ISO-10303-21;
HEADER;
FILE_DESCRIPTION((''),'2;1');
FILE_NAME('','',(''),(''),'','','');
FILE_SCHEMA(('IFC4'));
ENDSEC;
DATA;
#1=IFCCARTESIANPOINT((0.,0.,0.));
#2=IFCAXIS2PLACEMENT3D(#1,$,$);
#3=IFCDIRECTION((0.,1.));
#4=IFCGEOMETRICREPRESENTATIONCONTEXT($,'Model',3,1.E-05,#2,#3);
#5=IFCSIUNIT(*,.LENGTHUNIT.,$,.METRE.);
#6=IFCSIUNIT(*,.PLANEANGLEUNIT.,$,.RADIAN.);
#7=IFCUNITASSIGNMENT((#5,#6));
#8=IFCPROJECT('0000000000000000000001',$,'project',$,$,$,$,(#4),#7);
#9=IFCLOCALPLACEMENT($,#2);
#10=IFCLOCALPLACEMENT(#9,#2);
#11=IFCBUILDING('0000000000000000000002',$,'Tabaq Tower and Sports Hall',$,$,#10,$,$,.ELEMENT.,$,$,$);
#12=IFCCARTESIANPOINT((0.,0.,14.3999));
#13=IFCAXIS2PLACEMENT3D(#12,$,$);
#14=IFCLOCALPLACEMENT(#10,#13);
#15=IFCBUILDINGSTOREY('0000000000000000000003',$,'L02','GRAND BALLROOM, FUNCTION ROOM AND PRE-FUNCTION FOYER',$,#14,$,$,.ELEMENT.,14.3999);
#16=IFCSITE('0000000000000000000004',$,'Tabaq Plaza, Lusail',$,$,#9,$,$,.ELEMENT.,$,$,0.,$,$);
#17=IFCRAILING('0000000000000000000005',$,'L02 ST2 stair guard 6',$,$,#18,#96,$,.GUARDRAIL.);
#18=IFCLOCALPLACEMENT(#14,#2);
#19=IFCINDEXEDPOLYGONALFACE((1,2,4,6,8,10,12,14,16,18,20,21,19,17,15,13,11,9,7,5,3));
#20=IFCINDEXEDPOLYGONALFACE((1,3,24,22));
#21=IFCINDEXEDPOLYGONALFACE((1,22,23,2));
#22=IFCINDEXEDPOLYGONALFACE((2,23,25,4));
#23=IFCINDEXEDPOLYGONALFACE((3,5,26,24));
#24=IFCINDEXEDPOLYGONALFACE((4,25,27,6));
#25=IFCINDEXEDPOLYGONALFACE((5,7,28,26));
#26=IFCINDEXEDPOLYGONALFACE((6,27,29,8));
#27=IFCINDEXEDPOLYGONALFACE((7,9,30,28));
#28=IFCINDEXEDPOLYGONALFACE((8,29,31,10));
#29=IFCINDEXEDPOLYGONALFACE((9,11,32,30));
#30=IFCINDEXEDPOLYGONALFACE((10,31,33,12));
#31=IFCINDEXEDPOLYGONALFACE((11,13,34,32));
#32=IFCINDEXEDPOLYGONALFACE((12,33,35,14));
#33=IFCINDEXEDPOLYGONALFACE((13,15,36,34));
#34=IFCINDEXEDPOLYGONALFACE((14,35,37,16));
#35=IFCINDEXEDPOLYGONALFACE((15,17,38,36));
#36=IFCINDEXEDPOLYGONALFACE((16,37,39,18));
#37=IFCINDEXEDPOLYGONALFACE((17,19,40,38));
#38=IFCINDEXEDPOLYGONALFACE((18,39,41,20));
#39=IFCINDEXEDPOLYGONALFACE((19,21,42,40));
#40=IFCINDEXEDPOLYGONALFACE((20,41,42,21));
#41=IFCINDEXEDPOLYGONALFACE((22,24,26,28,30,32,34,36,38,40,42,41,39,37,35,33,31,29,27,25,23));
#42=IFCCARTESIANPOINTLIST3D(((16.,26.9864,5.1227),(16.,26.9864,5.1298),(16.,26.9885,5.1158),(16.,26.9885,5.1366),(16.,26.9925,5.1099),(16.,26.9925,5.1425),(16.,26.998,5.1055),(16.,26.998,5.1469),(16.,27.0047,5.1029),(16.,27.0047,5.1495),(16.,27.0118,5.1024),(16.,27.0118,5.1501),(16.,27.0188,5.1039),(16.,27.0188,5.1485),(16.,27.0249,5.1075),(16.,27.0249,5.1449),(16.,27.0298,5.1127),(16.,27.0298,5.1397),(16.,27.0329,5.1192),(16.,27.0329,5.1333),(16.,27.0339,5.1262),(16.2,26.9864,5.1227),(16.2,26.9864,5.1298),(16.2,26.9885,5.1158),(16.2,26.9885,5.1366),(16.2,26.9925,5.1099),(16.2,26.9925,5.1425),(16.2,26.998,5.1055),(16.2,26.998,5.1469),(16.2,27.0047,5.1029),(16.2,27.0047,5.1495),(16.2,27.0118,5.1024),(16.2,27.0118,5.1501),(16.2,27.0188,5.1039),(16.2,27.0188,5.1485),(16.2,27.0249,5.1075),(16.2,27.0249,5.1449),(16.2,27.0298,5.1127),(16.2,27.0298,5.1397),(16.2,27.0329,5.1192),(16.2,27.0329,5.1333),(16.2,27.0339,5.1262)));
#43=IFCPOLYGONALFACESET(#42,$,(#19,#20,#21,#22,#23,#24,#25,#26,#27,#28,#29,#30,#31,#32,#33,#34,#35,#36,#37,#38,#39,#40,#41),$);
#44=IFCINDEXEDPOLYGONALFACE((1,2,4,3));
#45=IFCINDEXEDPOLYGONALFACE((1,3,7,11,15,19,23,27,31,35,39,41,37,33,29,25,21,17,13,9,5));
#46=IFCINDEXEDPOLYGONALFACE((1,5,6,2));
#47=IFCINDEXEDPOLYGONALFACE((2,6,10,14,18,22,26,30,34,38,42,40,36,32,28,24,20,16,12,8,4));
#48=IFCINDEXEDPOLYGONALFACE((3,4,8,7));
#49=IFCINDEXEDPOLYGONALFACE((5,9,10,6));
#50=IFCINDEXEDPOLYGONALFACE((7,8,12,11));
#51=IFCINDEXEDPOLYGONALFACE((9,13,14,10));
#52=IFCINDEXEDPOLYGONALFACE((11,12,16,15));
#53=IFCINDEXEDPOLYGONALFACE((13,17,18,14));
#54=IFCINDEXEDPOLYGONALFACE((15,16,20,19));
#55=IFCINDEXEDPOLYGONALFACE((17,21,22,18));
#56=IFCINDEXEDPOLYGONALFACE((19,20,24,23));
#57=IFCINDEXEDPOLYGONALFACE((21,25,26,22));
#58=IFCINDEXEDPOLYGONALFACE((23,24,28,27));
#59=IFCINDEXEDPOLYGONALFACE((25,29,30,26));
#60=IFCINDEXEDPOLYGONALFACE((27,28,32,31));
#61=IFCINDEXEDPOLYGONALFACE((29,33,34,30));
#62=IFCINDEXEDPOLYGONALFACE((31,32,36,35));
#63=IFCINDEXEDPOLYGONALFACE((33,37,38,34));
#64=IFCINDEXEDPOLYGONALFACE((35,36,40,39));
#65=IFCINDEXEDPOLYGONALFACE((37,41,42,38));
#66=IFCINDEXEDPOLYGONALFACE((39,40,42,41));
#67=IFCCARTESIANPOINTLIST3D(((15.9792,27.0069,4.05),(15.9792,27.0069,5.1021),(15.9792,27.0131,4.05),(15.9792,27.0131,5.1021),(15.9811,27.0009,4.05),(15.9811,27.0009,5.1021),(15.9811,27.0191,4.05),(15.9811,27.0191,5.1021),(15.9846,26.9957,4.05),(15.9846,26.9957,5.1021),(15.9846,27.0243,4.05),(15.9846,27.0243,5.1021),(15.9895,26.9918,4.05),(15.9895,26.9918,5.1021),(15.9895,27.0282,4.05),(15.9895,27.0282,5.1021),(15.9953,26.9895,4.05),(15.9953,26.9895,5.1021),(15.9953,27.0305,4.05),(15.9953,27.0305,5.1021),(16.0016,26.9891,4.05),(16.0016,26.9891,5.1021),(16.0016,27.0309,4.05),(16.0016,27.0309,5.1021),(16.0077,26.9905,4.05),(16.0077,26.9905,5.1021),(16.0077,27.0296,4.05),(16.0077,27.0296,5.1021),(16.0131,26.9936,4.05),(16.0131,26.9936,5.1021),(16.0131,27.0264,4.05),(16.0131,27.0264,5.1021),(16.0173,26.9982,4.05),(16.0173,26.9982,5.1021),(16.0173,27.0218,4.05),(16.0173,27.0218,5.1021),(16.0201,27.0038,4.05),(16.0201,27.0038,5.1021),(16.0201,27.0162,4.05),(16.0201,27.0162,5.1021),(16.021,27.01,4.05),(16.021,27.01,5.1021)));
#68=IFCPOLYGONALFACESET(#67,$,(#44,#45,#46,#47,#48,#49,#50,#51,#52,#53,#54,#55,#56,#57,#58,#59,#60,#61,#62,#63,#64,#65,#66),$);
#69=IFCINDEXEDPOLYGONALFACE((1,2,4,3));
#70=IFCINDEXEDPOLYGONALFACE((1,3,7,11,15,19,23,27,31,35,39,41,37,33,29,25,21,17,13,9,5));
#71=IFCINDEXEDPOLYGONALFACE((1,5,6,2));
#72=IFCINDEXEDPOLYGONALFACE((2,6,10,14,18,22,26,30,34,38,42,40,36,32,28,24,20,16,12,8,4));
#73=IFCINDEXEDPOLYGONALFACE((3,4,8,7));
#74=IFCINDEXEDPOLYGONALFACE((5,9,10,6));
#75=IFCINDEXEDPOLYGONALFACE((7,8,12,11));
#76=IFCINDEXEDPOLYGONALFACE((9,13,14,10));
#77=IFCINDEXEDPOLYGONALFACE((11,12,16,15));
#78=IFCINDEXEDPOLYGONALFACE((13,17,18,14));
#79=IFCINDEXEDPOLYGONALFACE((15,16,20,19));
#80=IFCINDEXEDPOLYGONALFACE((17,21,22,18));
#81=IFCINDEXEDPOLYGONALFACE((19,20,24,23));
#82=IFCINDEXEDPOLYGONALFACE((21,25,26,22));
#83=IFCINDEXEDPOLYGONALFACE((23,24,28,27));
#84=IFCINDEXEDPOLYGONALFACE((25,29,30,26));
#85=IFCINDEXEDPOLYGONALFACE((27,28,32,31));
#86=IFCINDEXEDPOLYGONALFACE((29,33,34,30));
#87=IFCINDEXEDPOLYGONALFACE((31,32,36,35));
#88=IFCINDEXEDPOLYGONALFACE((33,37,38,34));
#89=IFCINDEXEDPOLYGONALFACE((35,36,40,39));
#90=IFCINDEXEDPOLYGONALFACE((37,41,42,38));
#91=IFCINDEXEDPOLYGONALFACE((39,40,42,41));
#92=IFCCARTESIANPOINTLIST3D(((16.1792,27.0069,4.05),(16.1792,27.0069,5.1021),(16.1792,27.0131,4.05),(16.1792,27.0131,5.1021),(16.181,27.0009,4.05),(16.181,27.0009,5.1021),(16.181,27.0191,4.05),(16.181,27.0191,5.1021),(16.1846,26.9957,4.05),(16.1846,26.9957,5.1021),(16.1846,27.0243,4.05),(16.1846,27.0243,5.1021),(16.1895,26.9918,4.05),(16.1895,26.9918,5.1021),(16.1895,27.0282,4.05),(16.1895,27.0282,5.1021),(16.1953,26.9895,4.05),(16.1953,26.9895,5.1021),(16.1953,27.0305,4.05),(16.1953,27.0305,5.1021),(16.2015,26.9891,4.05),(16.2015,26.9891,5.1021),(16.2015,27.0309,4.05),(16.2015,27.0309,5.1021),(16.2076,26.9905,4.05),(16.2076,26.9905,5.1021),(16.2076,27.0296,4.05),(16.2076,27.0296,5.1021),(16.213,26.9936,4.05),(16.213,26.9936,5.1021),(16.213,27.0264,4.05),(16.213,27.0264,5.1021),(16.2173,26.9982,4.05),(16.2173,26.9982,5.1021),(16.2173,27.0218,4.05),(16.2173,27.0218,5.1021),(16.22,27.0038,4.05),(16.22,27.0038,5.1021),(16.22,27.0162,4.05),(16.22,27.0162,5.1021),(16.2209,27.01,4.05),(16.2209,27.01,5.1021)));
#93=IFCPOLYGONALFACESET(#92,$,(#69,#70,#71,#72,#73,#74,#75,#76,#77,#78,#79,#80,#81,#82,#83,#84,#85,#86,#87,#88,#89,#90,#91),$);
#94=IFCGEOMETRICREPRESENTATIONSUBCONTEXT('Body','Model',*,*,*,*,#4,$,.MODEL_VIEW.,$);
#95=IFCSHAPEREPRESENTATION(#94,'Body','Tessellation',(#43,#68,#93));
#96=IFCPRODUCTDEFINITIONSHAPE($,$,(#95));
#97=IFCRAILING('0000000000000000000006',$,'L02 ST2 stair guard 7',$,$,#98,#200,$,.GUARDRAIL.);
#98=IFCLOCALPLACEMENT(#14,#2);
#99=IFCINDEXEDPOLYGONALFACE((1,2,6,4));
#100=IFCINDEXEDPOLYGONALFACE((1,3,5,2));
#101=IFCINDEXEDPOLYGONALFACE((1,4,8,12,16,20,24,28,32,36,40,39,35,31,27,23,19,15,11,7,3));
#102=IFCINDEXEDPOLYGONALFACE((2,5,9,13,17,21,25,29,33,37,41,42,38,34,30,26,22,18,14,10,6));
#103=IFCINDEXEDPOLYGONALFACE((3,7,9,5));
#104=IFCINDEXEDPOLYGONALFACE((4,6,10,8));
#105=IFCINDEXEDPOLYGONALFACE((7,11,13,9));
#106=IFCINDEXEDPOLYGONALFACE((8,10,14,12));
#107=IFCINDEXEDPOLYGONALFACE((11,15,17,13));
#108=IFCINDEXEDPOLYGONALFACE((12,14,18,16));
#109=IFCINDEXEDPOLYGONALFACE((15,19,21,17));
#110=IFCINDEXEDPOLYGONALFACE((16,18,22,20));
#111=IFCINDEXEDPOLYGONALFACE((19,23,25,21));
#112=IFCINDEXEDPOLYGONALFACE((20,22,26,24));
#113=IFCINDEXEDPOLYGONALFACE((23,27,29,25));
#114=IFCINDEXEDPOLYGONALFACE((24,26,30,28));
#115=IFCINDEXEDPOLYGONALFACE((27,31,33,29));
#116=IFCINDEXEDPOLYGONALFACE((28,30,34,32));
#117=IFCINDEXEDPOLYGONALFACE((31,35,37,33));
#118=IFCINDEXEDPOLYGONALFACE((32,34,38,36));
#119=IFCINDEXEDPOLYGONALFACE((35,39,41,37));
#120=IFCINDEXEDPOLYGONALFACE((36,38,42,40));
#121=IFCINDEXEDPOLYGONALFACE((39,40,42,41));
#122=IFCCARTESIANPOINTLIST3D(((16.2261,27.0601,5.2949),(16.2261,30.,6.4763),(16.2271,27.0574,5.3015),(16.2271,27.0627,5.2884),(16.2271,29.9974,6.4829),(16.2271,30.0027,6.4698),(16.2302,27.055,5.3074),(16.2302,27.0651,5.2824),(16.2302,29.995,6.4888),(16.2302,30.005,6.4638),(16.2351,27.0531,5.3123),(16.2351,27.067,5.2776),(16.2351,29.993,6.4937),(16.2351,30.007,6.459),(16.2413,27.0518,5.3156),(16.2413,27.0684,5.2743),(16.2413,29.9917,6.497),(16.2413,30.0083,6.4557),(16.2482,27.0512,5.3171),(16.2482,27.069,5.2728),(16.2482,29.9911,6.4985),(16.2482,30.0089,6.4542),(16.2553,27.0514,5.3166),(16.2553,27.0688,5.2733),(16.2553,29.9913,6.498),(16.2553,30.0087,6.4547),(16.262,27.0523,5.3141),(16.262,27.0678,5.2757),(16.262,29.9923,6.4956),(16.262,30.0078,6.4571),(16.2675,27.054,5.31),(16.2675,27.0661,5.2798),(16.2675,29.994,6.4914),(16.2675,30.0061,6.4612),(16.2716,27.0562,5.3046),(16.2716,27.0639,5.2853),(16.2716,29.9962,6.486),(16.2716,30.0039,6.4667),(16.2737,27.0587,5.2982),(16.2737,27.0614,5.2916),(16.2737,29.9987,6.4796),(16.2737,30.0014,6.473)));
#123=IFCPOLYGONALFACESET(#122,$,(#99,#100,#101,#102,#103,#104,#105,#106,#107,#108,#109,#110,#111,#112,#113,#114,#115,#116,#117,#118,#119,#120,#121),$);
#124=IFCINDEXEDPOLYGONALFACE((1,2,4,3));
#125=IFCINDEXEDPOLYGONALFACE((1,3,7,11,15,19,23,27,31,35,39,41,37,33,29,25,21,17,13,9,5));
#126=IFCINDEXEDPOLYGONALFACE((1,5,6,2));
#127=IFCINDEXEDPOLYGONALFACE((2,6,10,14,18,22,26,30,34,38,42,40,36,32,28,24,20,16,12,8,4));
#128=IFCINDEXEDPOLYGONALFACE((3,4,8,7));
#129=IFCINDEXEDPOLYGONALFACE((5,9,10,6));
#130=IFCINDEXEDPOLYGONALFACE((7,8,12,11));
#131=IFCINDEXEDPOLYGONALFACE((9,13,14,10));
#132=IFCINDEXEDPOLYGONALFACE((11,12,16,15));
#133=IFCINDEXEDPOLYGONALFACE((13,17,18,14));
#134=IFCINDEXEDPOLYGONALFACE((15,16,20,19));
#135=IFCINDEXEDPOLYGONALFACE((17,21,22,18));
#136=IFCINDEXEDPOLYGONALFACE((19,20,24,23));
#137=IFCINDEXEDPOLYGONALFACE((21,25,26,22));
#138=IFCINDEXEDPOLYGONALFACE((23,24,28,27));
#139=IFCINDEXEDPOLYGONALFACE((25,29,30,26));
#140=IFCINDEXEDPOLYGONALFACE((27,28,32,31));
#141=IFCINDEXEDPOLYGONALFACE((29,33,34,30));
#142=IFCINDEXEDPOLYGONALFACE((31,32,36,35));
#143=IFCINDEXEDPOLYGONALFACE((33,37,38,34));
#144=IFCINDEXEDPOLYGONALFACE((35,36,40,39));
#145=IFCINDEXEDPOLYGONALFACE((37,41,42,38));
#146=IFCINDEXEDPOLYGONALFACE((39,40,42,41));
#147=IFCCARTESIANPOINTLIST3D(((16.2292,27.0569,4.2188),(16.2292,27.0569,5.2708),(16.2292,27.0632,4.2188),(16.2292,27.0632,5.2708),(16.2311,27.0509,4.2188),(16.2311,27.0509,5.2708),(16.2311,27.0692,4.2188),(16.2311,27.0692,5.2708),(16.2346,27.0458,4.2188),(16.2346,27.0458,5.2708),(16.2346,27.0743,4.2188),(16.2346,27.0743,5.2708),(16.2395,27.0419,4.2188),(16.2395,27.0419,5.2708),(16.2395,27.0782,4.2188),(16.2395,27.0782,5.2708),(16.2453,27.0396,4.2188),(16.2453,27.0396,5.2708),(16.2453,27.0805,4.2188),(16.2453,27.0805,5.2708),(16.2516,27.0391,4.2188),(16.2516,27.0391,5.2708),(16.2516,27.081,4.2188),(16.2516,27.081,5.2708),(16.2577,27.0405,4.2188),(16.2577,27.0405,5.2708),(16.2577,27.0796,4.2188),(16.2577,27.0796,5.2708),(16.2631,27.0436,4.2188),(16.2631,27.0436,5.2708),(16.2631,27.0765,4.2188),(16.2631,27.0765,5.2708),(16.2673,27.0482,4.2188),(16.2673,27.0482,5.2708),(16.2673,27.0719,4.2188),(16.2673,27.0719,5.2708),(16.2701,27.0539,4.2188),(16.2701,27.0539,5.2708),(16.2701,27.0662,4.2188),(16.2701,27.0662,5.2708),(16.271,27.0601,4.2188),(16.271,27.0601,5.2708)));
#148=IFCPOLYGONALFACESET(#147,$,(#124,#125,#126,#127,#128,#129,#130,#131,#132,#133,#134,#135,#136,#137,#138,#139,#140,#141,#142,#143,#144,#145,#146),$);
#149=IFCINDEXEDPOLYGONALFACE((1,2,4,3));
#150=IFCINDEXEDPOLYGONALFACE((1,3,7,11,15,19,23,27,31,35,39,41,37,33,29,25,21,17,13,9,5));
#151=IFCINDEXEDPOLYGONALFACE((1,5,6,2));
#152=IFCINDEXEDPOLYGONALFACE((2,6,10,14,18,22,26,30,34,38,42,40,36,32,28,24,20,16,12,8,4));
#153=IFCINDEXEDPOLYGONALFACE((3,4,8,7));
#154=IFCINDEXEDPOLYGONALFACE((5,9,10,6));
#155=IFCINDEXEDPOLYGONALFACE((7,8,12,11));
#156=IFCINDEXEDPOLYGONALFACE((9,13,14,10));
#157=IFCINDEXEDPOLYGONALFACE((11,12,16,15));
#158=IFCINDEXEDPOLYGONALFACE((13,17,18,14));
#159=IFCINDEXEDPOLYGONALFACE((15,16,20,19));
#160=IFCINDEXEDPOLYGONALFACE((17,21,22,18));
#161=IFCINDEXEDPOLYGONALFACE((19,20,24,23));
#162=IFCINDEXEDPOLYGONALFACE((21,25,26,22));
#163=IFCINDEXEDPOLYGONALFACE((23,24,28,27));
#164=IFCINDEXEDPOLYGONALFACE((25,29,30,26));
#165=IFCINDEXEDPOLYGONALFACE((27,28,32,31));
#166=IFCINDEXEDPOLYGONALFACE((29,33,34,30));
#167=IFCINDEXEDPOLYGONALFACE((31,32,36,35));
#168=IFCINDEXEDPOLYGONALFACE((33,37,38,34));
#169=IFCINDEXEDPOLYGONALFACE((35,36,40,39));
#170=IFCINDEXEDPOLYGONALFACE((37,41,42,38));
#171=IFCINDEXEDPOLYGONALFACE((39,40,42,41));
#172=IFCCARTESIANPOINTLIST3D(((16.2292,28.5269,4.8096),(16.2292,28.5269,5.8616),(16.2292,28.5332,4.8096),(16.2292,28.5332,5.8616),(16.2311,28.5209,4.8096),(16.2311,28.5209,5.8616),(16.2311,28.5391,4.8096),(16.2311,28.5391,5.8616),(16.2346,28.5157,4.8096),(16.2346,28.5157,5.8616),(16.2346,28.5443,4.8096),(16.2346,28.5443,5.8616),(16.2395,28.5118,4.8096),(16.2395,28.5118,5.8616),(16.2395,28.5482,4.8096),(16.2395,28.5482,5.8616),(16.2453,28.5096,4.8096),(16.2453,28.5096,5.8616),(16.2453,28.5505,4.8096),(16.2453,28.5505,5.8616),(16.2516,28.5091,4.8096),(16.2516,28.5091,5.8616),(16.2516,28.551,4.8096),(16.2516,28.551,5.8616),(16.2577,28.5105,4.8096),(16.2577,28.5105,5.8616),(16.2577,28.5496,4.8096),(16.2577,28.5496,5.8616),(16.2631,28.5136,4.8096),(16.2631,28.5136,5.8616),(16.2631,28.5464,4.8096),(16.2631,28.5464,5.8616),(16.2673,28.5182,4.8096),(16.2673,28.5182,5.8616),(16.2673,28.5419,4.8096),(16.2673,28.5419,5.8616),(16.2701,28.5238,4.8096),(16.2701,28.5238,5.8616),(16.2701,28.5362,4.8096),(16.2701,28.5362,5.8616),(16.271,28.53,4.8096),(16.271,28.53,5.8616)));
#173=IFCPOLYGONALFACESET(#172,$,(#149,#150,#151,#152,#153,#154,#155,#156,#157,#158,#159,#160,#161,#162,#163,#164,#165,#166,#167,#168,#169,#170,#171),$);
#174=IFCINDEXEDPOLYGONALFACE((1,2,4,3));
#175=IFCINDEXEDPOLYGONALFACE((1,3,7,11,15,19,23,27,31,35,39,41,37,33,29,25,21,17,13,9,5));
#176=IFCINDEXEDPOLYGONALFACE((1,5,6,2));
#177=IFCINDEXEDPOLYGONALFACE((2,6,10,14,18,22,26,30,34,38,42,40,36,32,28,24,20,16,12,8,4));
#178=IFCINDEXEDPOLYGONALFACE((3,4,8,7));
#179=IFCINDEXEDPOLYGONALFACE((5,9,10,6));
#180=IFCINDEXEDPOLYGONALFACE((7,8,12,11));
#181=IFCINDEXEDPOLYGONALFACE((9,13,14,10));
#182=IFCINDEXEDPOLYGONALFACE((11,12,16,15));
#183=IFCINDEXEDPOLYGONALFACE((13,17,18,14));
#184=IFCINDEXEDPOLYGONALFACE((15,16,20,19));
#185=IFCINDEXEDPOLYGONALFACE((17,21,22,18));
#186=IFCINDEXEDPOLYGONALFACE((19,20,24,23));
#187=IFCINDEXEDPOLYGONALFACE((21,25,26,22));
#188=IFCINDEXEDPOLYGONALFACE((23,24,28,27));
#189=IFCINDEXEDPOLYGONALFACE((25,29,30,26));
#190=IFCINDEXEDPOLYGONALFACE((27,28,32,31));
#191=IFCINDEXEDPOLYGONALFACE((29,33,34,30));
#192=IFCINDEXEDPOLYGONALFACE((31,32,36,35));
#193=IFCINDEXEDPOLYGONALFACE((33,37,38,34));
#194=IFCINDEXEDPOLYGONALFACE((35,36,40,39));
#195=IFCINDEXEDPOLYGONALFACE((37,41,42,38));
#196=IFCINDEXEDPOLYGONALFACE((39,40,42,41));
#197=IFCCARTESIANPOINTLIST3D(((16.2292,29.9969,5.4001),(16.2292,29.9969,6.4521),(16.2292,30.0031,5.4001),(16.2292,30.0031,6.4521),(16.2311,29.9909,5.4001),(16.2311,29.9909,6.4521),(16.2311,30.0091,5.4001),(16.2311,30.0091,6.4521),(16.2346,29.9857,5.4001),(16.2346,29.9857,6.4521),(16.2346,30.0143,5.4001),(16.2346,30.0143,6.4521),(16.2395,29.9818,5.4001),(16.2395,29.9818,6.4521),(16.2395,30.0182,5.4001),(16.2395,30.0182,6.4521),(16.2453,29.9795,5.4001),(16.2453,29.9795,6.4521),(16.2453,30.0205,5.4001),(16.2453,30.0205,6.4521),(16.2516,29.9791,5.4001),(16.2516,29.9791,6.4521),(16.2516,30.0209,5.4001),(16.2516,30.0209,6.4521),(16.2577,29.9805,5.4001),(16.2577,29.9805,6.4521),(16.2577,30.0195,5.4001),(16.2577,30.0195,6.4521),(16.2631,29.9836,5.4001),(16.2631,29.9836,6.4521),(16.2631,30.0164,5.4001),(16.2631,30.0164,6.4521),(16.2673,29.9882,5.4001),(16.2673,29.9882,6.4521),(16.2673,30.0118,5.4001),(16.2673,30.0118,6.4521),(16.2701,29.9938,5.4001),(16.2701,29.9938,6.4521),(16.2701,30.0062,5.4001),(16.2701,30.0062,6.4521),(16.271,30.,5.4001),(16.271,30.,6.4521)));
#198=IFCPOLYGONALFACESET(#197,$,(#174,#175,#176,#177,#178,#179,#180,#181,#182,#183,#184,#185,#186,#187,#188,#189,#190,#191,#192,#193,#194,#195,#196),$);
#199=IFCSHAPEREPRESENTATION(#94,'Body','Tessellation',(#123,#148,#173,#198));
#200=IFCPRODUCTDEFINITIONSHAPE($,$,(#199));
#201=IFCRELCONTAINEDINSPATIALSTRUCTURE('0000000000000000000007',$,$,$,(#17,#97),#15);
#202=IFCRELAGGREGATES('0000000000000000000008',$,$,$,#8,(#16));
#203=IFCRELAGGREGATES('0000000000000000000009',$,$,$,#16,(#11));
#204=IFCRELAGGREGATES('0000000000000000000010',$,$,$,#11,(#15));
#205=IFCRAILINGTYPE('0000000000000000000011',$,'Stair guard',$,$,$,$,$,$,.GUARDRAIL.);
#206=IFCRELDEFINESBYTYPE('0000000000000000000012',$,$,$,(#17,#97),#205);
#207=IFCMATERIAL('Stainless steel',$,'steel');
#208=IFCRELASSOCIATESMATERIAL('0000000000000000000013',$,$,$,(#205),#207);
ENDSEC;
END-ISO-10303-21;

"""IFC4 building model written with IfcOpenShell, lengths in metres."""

from ifc_helpers import new_model, si_unit, direction, frame, origin, origin_2d, place, context, subcontext, project, spatial, circle, extrude, material, type_object, element, save


model = new_model("IFC4")

# Units and contexts
model_context = context("Model", 3, precision=1e-05, world=origin(), true_north=direction((0.0, 1.0)))
body_context = subcontext(model_context, "Body", "Model", "MODEL_VIEW")
ifc_project = project(units=[si_unit("LENGTHUNIT", "METRE"), si_unit("PLANEANGLEUNIT", "RADIAN")], contexts=[model_context])

# Site, building, storey
site_placement = place(None, origin())
site = spatial("IfcSite", under=ifc_project, at=site_placement, Name="Tabaq Plaza, Lusail", CompositionType="ELEMENT", RefElevation=0.0)
building_placement = place(site_placement, origin())
building = spatial("IfcBuilding", under=site, at=building_placement, Name="Tabaq Tower and Sports Hall", CompositionType="ELEMENT")
storey_placement = place(building_placement, frame((0.0, 0.0, 14.3999)))
storey = spatial("IfcBuildingStorey", under=building, at=storey_placement, Name="L02", Description="GRAND BALLROOM, FUNCTION ROOM AND PRE-FUNCTION FOYER", CompositionType="ELEMENT", Elevation=14.3999)

# Railings
ifc_material_1 = material(Name="Stainless steel", Category="steel")
railing_type_1 = type_object("IfcRailingType", Name="Stair guard", PredefinedType="GUARDRAIL", material=ifc_material_1)
railing_1_placement = place(storey_placement, frame((16.0, 27.01, 4.05)))
element("IfcRailing", 1, at=railing_1_placement, inside=storey, type_object=railing_type_1, Name="L02 ST2 stair guard 6", PredefinedType="GUARDRAIL", context=body_context, shape_type="SweptSolid", body=[
    extrude(circle(Radius=0.0239, at=origin_2d()), frame((0.0, 0.0, 1.0762), z_axis=(1.0, 0.0, 0.0), x_axis=(0.0, 1.0, 0.0)), (0.0, 0.0, 1.0), 0.2),
    extrude(circle(Radius=0.021, at=origin_2d()), origin(), (0.0, 0.0, 1.0), 1.052),
    extrude(circle(Radius=0.021, at=origin_2d()), frame((0.2, 0.0, 0.0)), (0.0, 0.0, 1.0), 1.052),
])
railing_2_placement = place(storey_placement, frame((16.25, 27.0601, 4.2188)))
element("IfcRailing", 2, at=railing_2_placement, inside=storey, type_object=railing_type_1, Name="L02 ST2 stair guard 7", PredefinedType="GUARDRAIL", context=body_context, shape_type="SweptSolid", body=[
    extrude(circle(Radius=0.0239, at=origin_2d()), frame((0.0, 0.0, 1.0762), z_axis=(0.0, 0.927886, 0.372865), x_axis=(-1.0, 0.0, 0.0)), (0.0, 0.0, 1.0), 3.1685),
    extrude(circle(Radius=0.021, at=origin_2d()), origin(), (0.0, 0.0, 1.0), 1.052),
    extrude(circle(Radius=0.021, at=origin_2d()), frame((0.0, 1.47, 0.5908)), (0.0, 0.0, 1.0), 1.052),
    extrude(circle(Radius=0.021, at=origin_2d()), frame((0.0, 2.9399, 1.1814)), (0.0, 0.0, 1.0), 1.052),
])

save(model, "model.ifc")
